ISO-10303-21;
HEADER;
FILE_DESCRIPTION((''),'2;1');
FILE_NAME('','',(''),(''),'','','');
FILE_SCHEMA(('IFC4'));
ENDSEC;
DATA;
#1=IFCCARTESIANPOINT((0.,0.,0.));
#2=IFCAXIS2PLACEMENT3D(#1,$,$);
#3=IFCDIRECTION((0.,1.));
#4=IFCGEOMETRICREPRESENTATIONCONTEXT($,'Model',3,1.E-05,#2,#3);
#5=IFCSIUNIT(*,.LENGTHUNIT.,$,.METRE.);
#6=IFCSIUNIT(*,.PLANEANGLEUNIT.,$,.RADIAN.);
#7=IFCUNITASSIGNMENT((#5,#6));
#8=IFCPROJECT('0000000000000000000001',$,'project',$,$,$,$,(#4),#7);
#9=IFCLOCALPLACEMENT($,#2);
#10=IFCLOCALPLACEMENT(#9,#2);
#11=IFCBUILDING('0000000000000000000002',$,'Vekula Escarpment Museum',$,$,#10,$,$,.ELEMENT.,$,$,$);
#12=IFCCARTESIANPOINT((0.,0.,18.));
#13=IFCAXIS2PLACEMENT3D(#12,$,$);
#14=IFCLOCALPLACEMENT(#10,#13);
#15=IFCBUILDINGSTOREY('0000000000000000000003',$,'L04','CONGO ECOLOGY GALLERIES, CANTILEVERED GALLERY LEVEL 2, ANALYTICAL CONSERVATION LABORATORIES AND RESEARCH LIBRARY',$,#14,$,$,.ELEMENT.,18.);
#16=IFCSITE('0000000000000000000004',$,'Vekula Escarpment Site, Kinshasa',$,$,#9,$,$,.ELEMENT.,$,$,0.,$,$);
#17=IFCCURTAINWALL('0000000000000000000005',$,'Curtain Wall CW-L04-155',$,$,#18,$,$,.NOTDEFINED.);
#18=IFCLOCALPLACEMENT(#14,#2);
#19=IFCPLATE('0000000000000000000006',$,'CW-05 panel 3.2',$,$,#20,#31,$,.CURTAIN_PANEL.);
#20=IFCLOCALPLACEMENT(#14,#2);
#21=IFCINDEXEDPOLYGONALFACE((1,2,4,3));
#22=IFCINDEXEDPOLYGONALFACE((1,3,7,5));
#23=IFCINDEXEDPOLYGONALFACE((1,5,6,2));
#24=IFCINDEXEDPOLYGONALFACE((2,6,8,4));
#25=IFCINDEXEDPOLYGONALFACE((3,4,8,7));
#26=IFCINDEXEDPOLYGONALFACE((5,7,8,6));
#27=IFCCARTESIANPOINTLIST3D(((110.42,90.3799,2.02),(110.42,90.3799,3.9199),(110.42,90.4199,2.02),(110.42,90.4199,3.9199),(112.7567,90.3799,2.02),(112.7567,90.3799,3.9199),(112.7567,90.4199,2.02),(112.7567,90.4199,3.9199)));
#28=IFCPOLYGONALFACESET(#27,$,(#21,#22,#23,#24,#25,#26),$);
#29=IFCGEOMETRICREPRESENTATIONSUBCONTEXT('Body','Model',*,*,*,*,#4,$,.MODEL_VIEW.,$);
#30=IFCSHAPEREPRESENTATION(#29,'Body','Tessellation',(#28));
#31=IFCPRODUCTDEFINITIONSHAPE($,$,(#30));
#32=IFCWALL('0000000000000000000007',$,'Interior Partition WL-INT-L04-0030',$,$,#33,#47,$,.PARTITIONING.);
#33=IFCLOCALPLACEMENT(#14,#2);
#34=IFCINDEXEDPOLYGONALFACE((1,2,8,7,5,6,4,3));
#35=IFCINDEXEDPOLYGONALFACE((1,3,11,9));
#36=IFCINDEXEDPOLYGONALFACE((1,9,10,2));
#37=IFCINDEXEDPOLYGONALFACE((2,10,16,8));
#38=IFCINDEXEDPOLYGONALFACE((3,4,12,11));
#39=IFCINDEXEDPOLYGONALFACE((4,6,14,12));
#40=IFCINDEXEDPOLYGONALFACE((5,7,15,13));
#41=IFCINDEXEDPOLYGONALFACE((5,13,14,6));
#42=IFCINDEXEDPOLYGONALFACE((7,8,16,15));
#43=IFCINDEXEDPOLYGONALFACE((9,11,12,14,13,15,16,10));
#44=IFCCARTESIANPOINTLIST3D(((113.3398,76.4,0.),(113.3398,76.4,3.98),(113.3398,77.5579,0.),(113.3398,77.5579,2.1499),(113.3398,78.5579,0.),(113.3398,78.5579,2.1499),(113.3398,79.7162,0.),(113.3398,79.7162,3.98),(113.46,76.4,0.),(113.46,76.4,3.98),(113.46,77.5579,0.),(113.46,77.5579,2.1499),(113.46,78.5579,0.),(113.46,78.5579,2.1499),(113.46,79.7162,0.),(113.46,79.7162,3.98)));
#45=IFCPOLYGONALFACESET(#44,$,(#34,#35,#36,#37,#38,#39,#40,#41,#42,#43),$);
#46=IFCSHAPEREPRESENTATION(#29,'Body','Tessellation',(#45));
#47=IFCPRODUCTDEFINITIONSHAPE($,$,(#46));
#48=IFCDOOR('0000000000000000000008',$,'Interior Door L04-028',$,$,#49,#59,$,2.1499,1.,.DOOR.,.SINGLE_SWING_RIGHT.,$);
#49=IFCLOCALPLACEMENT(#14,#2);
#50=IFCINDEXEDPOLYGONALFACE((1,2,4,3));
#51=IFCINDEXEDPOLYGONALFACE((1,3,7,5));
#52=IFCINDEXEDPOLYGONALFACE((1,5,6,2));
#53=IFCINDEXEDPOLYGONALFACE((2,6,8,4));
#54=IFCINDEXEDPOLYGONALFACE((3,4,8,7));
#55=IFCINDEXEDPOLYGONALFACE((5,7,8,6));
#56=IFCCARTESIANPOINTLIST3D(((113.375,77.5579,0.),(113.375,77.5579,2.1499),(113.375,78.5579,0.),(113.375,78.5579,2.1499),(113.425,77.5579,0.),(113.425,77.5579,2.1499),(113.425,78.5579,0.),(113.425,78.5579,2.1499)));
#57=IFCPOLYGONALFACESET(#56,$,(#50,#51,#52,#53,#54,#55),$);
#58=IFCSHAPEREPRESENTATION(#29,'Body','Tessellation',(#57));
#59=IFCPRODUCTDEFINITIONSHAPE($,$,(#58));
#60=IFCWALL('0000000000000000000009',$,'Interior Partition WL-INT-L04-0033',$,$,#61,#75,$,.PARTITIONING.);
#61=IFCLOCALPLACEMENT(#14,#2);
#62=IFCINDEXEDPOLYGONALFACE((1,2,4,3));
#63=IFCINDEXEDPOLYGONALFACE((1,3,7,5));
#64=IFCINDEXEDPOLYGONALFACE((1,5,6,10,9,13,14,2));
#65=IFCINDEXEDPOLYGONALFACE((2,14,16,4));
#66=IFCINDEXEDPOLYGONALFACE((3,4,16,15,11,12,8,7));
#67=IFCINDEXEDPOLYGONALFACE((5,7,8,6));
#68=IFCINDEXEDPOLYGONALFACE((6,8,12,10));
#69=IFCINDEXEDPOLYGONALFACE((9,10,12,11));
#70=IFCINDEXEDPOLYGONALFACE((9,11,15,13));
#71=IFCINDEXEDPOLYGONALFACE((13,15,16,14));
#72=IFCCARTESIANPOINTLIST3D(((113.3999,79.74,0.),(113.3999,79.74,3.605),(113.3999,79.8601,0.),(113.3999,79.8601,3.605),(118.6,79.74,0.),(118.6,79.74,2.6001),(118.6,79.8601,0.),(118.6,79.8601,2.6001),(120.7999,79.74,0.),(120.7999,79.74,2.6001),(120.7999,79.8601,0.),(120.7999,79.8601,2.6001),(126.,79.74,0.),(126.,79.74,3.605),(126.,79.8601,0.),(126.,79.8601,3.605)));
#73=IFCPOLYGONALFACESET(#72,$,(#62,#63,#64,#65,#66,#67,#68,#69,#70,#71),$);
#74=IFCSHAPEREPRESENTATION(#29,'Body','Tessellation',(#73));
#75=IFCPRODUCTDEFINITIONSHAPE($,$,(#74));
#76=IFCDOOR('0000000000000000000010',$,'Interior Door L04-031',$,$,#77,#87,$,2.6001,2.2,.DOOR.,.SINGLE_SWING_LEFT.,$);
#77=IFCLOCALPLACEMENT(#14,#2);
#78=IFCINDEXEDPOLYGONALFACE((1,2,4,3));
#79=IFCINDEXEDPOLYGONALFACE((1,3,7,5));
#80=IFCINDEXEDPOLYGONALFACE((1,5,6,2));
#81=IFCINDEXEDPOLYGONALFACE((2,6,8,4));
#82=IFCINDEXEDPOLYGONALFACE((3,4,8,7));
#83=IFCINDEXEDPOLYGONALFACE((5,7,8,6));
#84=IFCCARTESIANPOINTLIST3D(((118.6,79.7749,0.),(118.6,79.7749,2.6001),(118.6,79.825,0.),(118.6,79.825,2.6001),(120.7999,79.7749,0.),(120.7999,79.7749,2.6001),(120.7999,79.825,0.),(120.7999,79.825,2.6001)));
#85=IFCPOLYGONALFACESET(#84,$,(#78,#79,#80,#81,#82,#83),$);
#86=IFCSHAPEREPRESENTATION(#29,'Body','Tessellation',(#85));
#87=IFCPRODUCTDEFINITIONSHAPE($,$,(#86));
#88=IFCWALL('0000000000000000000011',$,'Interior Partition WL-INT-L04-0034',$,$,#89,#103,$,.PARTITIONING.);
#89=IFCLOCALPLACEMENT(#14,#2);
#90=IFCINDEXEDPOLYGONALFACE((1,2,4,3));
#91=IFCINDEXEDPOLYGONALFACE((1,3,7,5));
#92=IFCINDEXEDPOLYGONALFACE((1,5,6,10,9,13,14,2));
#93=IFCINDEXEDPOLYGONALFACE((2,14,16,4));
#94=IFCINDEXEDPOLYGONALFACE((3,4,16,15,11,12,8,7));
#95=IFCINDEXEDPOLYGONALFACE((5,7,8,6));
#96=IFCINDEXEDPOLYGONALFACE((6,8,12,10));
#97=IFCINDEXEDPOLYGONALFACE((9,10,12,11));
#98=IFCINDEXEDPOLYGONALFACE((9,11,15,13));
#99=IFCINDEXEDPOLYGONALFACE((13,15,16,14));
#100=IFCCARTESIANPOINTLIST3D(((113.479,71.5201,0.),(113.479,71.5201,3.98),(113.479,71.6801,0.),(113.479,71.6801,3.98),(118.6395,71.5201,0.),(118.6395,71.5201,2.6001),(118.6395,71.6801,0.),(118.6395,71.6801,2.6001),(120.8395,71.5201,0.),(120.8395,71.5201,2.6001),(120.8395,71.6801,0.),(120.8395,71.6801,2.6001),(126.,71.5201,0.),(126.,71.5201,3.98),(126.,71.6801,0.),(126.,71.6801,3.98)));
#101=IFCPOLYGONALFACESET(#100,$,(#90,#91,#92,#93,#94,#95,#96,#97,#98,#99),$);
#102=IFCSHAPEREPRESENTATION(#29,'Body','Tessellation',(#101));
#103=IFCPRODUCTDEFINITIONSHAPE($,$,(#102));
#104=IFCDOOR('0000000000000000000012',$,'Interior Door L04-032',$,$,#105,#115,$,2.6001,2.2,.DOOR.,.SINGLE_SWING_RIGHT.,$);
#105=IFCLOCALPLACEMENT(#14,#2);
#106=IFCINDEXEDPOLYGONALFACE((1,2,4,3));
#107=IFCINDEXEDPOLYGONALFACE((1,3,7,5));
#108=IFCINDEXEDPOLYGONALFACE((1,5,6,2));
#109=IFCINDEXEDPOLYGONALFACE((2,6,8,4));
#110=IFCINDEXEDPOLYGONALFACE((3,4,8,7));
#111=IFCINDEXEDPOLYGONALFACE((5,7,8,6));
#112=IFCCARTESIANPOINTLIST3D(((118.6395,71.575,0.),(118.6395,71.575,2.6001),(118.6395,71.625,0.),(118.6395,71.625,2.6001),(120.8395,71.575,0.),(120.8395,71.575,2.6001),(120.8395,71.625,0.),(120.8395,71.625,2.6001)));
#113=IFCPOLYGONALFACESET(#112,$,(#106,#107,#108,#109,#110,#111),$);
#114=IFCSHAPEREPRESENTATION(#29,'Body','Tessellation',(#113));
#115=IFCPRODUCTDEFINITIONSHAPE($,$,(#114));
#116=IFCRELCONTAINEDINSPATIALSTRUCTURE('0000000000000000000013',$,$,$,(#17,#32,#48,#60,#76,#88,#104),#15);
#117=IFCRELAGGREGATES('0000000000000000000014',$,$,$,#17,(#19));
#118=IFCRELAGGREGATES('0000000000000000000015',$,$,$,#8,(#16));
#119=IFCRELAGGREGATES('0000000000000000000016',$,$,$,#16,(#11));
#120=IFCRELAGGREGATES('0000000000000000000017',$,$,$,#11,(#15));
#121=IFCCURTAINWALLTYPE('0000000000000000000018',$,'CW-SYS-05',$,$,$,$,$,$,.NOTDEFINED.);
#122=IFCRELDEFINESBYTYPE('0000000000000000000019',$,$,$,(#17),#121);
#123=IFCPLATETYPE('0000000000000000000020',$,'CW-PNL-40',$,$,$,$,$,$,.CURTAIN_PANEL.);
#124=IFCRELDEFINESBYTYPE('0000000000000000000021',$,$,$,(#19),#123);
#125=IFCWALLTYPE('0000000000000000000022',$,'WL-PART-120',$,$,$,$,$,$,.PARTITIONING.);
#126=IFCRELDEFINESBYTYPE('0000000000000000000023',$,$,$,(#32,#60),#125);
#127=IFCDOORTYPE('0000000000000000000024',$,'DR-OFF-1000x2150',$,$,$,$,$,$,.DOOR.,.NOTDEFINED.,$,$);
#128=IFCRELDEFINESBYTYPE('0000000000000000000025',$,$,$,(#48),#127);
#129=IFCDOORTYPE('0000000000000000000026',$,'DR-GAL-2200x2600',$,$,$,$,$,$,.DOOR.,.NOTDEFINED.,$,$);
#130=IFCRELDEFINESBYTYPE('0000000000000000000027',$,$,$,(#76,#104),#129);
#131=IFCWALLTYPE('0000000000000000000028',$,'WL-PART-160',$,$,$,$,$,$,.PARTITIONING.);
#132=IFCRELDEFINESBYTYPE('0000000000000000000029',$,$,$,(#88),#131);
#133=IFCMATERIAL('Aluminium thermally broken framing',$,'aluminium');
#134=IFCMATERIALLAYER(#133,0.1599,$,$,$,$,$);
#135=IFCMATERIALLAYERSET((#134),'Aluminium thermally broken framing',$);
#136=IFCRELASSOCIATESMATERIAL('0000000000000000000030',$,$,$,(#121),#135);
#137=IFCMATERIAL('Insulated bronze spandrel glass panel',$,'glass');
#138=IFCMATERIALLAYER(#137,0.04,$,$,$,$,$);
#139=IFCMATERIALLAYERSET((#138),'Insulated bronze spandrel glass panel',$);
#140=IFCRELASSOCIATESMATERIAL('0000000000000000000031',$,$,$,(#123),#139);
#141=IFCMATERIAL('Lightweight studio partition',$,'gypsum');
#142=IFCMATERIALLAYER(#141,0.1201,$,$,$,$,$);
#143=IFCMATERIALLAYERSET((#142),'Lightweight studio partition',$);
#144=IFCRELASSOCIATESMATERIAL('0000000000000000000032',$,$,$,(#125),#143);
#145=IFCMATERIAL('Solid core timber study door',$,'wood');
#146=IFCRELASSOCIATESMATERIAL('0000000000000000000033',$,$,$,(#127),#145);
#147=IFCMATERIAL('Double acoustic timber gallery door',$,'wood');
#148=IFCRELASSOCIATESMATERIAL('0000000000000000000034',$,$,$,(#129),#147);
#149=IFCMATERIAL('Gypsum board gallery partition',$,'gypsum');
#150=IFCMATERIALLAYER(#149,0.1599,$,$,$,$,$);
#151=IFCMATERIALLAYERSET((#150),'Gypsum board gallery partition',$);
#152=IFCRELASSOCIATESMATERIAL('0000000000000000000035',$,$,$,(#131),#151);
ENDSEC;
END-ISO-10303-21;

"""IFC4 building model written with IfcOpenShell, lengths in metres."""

from ifc_helpers import new_model, si_unit, direction, frame, frame_2d, origin, origin_2d, place, context, subcontext, project, spatial, rectangle, extrude, material, layer, layer_set, type_object, element, fill, aggregate, save


model = new_model("IFC4")

# Units and contexts
model_context = context("Model", 3, precision=1e-05, world=origin(), true_north=direction((0.0, 1.0)))
body_context = subcontext(model_context, "Body", "Model", "MODEL_VIEW")
ifc_project = project(units=[si_unit("LENGTHUNIT", "METRE"), si_unit("PLANEANGLEUNIT", "RADIAN")], contexts=[model_context])

# Site, building, storey
site_placement = place(None, origin())
site = spatial("IfcSite", under=ifc_project, at=site_placement, Name="Vekula Escarpment Site, Kinshasa", CompositionType="ELEMENT", RefElevation=0.0)
building_placement = place(site_placement, origin())
building = spatial("IfcBuilding", under=site, at=building_placement, Name="Vekula Escarpment Museum", CompositionType="ELEMENT")
storey_placement = place(building_placement, frame((0.0, 0.0, 18.0)))
storey = spatial("IfcBuildingStorey", under=building, at=storey_placement, Name="L04", Description="CONGO ECOLOGY GALLERIES, CANTILEVERED GALLERY LEVEL 2, ANALYTICAL CONSERVATION LABORATORIES AND RESEARCH LIBRARY", CompositionType="ELEMENT", Elevation=18.0)

# Curtain wall, plate
ifc_material_1 = material(Name="Aluminium thermally broken framing", Category="aluminium")
ifc_layer_1 = layer(ifc_material_1, 0.1599)
ifc_layer_set_1 = layer_set([ifc_layer_1], Name="Aluminium thermally broken framing")
curtain_wall_type = type_object("IfcCurtainWallType", Name="CW-SYS-05", PredefinedType="NOTDEFINED", material=ifc_layer_set_1)
curtain_wall_placement = place(storey_placement, origin())
curtain_wall = element("IfcCurtainWall", 1, at=curtain_wall_placement, inside=storey, type_object=curtain_wall_type, Name="Curtain Wall CW-L04-155", PredefinedType="NOTDEFINED")
ifc_material_2 = material(Name="Insulated bronze spandrel glass panel", Category="glass")
ifc_layer_2 = layer(ifc_material_2, 0.04)
ifc_layer_set_2 = layer_set([ifc_layer_2], Name="Insulated bronze spandrel glass panel")
plate_type = type_object("IfcPlateType", Name="CW-PNL-40", PredefinedType="CURTAIN_PANEL", material=ifc_layer_set_2)
plate_1_placement = place(storey_placement, frame((111.5884, 90.3999, 2.02), z_axis=(0.0, 0.0, 1.0), x_axis=(-1.0, 0.0, 0.0)))
plate_1 = element("IfcPlate", 2, at=plate_1_placement, type_object=plate_type, Name="CW-05 panel 3.2", PredefinedType="CURTAIN_PANEL", context=body_context, shape_type="SweptSolid", body=[
    extrude(rectangle(XDim=2.3367, YDim=0.04, at=origin_2d()), origin(), (0.0, 0.0, 1.0), 1.8999),
])
aggregate(curtain_wall, [plate_1])

# Walls, openings, doors
ifc_material_3 = material(Name="Lightweight studio partition", Category="gypsum")
ifc_layer_3 = layer(ifc_material_3, 0.1201)
ifc_layer_set_3 = layer_set([ifc_layer_3], Name="Lightweight studio partition")
wall_type_1 = type_object("IfcWallType", Name="WL-PART-120", PredefinedType="PARTITIONING", material=ifc_layer_set_3)
wall_1_placement = place(storey_placement, frame((113.3999, 76.3999, 0.0), z_axis=(0.0, 0.0, 1.0), x_axis=(0.0, 1.0, 0.0)))
wall_1 = element("IfcWall", 3, at=wall_1_placement, inside=storey, type_object=wall_type_1, Name="Interior Partition WL-INT-L04-0030", PredefinedType="PARTITIONING", context=body_context, shape_type="SweptSolid", body=[
    extrude(rectangle(XDim=3.3162, YDim=0.1201, at=frame_2d((1.6582, 0.0))), origin(), (0.0, 0.0, 1.0), 3.98),
])
opening_1_placement = place(wall_1_placement, frame((1.158, 0.0, 0.0)))
opening_1 = element("IfcOpeningElement", 4, at=opening_1_placement, cuts=wall_1, PredefinedType="OPENING", context=body_context, shape_type="SweptSolid", body=[
    extrude(rectangle(XDim=1.0, YDim=2.1499, at=frame_2d((0.5, 1.075))), frame((0.0, 0.0701, 0.0), z_axis=(0.0, -1.0, 0.0), x_axis=(1.0, 0.0, 0.0)), (0.0, 0.0, 1.0), 0.1401),
])
ifc_material_4 = material(Name="Solid core timber study door", Category="wood")
door_type_1 = type_object("IfcDoorType", Name="DR-OFF-1000x2150", OperationType="NOTDEFINED", PredefinedType="DOOR", material=ifc_material_4)
door_1_placement = place(opening_1_placement, origin())
door_1 = element("IfcDoor", 5, at=door_1_placement, inside=storey, type_object=door_type_1, Name="Interior Door L04-028", OperationType="SINGLE_SWING_RIGHT", OverallHeight=2.1499, OverallWidth=1.0, PredefinedType="DOOR", context=body_context, shape_type="SweptSolid", body=[
    extrude(rectangle(XDim=1.0, YDim=2.1499, at=frame_2d((0.5, 1.075))), frame((0.0, 0.0249, 0.0), z_axis=(0.0, -1.0, 0.0), x_axis=(1.0, 0.0, 0.0)), (0.0, 0.0, 1.0), 0.05),
])
fill(opening_1, door_1)
wall_2_placement = place(storey_placement, frame((113.3999, 79.8, 0.0), z_axis=(0.0, 0.0, 1.0), x_axis=(1.0, 0.0, 0.0)))
wall_2 = element("IfcWall", 6, at=wall_2_placement, inside=storey, type_object=wall_type_1, Name="Interior Partition WL-INT-L04-0033", PredefinedType="PARTITIONING", context=body_context, shape_type="SweptSolid", body=[
    extrude(rectangle(XDim=12.6001, YDim=0.1201, at=frame_2d((6.3, 0.0))), origin(), (0.0, 0.0, 1.0), 3.605),
])
opening_2_placement = place(wall_2_placement, frame((5.2, 0.0, 0.0)))
opening_2 = element("IfcOpeningElement", 7, at=opening_2_placement, cuts=wall_2, PredefinedType="OPENING", context=body_context, shape_type="SweptSolid", body=[
    extrude(rectangle(XDim=2.2, YDim=2.6001, at=frame_2d((1.1001, 1.3))), frame((0.0, 0.0701, 0.0), z_axis=(0.0, -1.0, 0.0), x_axis=(1.0, 0.0, 0.0)), (0.0, 0.0, 1.0), 0.1401),
])
ifc_material_5 = material(Name="Double acoustic timber gallery door", Category="wood")
door_type_2 = type_object("IfcDoorType", Name="DR-GAL-2200x2600", OperationType="NOTDEFINED", PredefinedType="DOOR", material=ifc_material_5)
door_2_placement = place(opening_2_placement, origin())
door_2 = element("IfcDoor", 8, at=door_2_placement, inside=storey, type_object=door_type_2, Name="Interior Door L04-031", OperationType="SINGLE_SWING_LEFT", OverallHeight=2.6001, OverallWidth=2.2, PredefinedType="DOOR", context=body_context, shape_type="SweptSolid", body=[
    extrude(rectangle(XDim=2.2, YDim=2.6001, at=frame_2d((1.1001, 1.3))), frame((0.0, 0.0249, 0.0), z_axis=(0.0, -1.0, 0.0), x_axis=(1.0, 0.0, 0.0)), (0.0, 0.0, 1.0), 0.05),
])
fill(opening_2, door_2)
ifc_material_6 = material(Name="Gypsum board gallery partition", Category="gypsum")
ifc_layer_4 = layer(ifc_material_6, 0.1599)
ifc_layer_set_4 = layer_set([ifc_layer_4], Name="Gypsum board gallery partition")
wall_type_2 = type_object("IfcWallType", Name="WL-PART-160", PredefinedType="PARTITIONING", material=ifc_layer_set_4)
wall_3_placement = place(storey_placement, frame((113.479, 71.6001, 0.0), z_axis=(0.0, 0.0, 1.0), x_axis=(1.0, 0.0, 0.0)))
wall_3 = element("IfcWall", 9, at=wall_3_placement, inside=storey, type_object=wall_type_2, Name="Interior Partition WL-INT-L04-0034", PredefinedType="PARTITIONING", context=body_context, shape_type="SweptSolid", body=[
    extrude(rectangle(XDim=12.521, YDim=0.1599, at=frame_2d((6.2605, 0.0))), origin(), (0.0, 0.0, 1.0), 3.98),
])
opening_3_placement = place(wall_3_placement, frame((5.1604, 0.0, 0.0)))
opening_3 = element("IfcOpeningElement", 10, at=opening_3_placement, cuts=wall_3, PredefinedType="OPENING", context=body_context, shape_type="SweptSolid", body=[
    extrude(rectangle(XDim=2.2, YDim=2.6001, at=frame_2d((1.1001, 1.3))), frame((0.0, 0.0898, 0.0), z_axis=(0.0, -1.0, 0.0), x_axis=(1.0, 0.0, 0.0)), (0.0, 0.0, 1.0), 0.1799),
])
door_3_placement = place(opening_3_placement, origin())
door_3 = element("IfcDoor", 11, at=door_3_placement, inside=storey, type_object=door_type_2, Name="Interior Door L04-032", OperationType="SINGLE_SWING_RIGHT", OverallHeight=2.6001, OverallWidth=2.2, PredefinedType="DOOR", context=body_context, shape_type="SweptSolid", body=[
    extrude(rectangle(XDim=2.2, YDim=2.6001, at=frame_2d((1.1001, 1.3))), frame((0.0, 0.0249, 0.0), z_axis=(0.0, -1.0, 0.0), x_axis=(1.0, 0.0, 0.0)), (0.0, 0.0, 1.0), 0.05),
])
fill(opening_3, door_3)

save(model, "model.ifc")
